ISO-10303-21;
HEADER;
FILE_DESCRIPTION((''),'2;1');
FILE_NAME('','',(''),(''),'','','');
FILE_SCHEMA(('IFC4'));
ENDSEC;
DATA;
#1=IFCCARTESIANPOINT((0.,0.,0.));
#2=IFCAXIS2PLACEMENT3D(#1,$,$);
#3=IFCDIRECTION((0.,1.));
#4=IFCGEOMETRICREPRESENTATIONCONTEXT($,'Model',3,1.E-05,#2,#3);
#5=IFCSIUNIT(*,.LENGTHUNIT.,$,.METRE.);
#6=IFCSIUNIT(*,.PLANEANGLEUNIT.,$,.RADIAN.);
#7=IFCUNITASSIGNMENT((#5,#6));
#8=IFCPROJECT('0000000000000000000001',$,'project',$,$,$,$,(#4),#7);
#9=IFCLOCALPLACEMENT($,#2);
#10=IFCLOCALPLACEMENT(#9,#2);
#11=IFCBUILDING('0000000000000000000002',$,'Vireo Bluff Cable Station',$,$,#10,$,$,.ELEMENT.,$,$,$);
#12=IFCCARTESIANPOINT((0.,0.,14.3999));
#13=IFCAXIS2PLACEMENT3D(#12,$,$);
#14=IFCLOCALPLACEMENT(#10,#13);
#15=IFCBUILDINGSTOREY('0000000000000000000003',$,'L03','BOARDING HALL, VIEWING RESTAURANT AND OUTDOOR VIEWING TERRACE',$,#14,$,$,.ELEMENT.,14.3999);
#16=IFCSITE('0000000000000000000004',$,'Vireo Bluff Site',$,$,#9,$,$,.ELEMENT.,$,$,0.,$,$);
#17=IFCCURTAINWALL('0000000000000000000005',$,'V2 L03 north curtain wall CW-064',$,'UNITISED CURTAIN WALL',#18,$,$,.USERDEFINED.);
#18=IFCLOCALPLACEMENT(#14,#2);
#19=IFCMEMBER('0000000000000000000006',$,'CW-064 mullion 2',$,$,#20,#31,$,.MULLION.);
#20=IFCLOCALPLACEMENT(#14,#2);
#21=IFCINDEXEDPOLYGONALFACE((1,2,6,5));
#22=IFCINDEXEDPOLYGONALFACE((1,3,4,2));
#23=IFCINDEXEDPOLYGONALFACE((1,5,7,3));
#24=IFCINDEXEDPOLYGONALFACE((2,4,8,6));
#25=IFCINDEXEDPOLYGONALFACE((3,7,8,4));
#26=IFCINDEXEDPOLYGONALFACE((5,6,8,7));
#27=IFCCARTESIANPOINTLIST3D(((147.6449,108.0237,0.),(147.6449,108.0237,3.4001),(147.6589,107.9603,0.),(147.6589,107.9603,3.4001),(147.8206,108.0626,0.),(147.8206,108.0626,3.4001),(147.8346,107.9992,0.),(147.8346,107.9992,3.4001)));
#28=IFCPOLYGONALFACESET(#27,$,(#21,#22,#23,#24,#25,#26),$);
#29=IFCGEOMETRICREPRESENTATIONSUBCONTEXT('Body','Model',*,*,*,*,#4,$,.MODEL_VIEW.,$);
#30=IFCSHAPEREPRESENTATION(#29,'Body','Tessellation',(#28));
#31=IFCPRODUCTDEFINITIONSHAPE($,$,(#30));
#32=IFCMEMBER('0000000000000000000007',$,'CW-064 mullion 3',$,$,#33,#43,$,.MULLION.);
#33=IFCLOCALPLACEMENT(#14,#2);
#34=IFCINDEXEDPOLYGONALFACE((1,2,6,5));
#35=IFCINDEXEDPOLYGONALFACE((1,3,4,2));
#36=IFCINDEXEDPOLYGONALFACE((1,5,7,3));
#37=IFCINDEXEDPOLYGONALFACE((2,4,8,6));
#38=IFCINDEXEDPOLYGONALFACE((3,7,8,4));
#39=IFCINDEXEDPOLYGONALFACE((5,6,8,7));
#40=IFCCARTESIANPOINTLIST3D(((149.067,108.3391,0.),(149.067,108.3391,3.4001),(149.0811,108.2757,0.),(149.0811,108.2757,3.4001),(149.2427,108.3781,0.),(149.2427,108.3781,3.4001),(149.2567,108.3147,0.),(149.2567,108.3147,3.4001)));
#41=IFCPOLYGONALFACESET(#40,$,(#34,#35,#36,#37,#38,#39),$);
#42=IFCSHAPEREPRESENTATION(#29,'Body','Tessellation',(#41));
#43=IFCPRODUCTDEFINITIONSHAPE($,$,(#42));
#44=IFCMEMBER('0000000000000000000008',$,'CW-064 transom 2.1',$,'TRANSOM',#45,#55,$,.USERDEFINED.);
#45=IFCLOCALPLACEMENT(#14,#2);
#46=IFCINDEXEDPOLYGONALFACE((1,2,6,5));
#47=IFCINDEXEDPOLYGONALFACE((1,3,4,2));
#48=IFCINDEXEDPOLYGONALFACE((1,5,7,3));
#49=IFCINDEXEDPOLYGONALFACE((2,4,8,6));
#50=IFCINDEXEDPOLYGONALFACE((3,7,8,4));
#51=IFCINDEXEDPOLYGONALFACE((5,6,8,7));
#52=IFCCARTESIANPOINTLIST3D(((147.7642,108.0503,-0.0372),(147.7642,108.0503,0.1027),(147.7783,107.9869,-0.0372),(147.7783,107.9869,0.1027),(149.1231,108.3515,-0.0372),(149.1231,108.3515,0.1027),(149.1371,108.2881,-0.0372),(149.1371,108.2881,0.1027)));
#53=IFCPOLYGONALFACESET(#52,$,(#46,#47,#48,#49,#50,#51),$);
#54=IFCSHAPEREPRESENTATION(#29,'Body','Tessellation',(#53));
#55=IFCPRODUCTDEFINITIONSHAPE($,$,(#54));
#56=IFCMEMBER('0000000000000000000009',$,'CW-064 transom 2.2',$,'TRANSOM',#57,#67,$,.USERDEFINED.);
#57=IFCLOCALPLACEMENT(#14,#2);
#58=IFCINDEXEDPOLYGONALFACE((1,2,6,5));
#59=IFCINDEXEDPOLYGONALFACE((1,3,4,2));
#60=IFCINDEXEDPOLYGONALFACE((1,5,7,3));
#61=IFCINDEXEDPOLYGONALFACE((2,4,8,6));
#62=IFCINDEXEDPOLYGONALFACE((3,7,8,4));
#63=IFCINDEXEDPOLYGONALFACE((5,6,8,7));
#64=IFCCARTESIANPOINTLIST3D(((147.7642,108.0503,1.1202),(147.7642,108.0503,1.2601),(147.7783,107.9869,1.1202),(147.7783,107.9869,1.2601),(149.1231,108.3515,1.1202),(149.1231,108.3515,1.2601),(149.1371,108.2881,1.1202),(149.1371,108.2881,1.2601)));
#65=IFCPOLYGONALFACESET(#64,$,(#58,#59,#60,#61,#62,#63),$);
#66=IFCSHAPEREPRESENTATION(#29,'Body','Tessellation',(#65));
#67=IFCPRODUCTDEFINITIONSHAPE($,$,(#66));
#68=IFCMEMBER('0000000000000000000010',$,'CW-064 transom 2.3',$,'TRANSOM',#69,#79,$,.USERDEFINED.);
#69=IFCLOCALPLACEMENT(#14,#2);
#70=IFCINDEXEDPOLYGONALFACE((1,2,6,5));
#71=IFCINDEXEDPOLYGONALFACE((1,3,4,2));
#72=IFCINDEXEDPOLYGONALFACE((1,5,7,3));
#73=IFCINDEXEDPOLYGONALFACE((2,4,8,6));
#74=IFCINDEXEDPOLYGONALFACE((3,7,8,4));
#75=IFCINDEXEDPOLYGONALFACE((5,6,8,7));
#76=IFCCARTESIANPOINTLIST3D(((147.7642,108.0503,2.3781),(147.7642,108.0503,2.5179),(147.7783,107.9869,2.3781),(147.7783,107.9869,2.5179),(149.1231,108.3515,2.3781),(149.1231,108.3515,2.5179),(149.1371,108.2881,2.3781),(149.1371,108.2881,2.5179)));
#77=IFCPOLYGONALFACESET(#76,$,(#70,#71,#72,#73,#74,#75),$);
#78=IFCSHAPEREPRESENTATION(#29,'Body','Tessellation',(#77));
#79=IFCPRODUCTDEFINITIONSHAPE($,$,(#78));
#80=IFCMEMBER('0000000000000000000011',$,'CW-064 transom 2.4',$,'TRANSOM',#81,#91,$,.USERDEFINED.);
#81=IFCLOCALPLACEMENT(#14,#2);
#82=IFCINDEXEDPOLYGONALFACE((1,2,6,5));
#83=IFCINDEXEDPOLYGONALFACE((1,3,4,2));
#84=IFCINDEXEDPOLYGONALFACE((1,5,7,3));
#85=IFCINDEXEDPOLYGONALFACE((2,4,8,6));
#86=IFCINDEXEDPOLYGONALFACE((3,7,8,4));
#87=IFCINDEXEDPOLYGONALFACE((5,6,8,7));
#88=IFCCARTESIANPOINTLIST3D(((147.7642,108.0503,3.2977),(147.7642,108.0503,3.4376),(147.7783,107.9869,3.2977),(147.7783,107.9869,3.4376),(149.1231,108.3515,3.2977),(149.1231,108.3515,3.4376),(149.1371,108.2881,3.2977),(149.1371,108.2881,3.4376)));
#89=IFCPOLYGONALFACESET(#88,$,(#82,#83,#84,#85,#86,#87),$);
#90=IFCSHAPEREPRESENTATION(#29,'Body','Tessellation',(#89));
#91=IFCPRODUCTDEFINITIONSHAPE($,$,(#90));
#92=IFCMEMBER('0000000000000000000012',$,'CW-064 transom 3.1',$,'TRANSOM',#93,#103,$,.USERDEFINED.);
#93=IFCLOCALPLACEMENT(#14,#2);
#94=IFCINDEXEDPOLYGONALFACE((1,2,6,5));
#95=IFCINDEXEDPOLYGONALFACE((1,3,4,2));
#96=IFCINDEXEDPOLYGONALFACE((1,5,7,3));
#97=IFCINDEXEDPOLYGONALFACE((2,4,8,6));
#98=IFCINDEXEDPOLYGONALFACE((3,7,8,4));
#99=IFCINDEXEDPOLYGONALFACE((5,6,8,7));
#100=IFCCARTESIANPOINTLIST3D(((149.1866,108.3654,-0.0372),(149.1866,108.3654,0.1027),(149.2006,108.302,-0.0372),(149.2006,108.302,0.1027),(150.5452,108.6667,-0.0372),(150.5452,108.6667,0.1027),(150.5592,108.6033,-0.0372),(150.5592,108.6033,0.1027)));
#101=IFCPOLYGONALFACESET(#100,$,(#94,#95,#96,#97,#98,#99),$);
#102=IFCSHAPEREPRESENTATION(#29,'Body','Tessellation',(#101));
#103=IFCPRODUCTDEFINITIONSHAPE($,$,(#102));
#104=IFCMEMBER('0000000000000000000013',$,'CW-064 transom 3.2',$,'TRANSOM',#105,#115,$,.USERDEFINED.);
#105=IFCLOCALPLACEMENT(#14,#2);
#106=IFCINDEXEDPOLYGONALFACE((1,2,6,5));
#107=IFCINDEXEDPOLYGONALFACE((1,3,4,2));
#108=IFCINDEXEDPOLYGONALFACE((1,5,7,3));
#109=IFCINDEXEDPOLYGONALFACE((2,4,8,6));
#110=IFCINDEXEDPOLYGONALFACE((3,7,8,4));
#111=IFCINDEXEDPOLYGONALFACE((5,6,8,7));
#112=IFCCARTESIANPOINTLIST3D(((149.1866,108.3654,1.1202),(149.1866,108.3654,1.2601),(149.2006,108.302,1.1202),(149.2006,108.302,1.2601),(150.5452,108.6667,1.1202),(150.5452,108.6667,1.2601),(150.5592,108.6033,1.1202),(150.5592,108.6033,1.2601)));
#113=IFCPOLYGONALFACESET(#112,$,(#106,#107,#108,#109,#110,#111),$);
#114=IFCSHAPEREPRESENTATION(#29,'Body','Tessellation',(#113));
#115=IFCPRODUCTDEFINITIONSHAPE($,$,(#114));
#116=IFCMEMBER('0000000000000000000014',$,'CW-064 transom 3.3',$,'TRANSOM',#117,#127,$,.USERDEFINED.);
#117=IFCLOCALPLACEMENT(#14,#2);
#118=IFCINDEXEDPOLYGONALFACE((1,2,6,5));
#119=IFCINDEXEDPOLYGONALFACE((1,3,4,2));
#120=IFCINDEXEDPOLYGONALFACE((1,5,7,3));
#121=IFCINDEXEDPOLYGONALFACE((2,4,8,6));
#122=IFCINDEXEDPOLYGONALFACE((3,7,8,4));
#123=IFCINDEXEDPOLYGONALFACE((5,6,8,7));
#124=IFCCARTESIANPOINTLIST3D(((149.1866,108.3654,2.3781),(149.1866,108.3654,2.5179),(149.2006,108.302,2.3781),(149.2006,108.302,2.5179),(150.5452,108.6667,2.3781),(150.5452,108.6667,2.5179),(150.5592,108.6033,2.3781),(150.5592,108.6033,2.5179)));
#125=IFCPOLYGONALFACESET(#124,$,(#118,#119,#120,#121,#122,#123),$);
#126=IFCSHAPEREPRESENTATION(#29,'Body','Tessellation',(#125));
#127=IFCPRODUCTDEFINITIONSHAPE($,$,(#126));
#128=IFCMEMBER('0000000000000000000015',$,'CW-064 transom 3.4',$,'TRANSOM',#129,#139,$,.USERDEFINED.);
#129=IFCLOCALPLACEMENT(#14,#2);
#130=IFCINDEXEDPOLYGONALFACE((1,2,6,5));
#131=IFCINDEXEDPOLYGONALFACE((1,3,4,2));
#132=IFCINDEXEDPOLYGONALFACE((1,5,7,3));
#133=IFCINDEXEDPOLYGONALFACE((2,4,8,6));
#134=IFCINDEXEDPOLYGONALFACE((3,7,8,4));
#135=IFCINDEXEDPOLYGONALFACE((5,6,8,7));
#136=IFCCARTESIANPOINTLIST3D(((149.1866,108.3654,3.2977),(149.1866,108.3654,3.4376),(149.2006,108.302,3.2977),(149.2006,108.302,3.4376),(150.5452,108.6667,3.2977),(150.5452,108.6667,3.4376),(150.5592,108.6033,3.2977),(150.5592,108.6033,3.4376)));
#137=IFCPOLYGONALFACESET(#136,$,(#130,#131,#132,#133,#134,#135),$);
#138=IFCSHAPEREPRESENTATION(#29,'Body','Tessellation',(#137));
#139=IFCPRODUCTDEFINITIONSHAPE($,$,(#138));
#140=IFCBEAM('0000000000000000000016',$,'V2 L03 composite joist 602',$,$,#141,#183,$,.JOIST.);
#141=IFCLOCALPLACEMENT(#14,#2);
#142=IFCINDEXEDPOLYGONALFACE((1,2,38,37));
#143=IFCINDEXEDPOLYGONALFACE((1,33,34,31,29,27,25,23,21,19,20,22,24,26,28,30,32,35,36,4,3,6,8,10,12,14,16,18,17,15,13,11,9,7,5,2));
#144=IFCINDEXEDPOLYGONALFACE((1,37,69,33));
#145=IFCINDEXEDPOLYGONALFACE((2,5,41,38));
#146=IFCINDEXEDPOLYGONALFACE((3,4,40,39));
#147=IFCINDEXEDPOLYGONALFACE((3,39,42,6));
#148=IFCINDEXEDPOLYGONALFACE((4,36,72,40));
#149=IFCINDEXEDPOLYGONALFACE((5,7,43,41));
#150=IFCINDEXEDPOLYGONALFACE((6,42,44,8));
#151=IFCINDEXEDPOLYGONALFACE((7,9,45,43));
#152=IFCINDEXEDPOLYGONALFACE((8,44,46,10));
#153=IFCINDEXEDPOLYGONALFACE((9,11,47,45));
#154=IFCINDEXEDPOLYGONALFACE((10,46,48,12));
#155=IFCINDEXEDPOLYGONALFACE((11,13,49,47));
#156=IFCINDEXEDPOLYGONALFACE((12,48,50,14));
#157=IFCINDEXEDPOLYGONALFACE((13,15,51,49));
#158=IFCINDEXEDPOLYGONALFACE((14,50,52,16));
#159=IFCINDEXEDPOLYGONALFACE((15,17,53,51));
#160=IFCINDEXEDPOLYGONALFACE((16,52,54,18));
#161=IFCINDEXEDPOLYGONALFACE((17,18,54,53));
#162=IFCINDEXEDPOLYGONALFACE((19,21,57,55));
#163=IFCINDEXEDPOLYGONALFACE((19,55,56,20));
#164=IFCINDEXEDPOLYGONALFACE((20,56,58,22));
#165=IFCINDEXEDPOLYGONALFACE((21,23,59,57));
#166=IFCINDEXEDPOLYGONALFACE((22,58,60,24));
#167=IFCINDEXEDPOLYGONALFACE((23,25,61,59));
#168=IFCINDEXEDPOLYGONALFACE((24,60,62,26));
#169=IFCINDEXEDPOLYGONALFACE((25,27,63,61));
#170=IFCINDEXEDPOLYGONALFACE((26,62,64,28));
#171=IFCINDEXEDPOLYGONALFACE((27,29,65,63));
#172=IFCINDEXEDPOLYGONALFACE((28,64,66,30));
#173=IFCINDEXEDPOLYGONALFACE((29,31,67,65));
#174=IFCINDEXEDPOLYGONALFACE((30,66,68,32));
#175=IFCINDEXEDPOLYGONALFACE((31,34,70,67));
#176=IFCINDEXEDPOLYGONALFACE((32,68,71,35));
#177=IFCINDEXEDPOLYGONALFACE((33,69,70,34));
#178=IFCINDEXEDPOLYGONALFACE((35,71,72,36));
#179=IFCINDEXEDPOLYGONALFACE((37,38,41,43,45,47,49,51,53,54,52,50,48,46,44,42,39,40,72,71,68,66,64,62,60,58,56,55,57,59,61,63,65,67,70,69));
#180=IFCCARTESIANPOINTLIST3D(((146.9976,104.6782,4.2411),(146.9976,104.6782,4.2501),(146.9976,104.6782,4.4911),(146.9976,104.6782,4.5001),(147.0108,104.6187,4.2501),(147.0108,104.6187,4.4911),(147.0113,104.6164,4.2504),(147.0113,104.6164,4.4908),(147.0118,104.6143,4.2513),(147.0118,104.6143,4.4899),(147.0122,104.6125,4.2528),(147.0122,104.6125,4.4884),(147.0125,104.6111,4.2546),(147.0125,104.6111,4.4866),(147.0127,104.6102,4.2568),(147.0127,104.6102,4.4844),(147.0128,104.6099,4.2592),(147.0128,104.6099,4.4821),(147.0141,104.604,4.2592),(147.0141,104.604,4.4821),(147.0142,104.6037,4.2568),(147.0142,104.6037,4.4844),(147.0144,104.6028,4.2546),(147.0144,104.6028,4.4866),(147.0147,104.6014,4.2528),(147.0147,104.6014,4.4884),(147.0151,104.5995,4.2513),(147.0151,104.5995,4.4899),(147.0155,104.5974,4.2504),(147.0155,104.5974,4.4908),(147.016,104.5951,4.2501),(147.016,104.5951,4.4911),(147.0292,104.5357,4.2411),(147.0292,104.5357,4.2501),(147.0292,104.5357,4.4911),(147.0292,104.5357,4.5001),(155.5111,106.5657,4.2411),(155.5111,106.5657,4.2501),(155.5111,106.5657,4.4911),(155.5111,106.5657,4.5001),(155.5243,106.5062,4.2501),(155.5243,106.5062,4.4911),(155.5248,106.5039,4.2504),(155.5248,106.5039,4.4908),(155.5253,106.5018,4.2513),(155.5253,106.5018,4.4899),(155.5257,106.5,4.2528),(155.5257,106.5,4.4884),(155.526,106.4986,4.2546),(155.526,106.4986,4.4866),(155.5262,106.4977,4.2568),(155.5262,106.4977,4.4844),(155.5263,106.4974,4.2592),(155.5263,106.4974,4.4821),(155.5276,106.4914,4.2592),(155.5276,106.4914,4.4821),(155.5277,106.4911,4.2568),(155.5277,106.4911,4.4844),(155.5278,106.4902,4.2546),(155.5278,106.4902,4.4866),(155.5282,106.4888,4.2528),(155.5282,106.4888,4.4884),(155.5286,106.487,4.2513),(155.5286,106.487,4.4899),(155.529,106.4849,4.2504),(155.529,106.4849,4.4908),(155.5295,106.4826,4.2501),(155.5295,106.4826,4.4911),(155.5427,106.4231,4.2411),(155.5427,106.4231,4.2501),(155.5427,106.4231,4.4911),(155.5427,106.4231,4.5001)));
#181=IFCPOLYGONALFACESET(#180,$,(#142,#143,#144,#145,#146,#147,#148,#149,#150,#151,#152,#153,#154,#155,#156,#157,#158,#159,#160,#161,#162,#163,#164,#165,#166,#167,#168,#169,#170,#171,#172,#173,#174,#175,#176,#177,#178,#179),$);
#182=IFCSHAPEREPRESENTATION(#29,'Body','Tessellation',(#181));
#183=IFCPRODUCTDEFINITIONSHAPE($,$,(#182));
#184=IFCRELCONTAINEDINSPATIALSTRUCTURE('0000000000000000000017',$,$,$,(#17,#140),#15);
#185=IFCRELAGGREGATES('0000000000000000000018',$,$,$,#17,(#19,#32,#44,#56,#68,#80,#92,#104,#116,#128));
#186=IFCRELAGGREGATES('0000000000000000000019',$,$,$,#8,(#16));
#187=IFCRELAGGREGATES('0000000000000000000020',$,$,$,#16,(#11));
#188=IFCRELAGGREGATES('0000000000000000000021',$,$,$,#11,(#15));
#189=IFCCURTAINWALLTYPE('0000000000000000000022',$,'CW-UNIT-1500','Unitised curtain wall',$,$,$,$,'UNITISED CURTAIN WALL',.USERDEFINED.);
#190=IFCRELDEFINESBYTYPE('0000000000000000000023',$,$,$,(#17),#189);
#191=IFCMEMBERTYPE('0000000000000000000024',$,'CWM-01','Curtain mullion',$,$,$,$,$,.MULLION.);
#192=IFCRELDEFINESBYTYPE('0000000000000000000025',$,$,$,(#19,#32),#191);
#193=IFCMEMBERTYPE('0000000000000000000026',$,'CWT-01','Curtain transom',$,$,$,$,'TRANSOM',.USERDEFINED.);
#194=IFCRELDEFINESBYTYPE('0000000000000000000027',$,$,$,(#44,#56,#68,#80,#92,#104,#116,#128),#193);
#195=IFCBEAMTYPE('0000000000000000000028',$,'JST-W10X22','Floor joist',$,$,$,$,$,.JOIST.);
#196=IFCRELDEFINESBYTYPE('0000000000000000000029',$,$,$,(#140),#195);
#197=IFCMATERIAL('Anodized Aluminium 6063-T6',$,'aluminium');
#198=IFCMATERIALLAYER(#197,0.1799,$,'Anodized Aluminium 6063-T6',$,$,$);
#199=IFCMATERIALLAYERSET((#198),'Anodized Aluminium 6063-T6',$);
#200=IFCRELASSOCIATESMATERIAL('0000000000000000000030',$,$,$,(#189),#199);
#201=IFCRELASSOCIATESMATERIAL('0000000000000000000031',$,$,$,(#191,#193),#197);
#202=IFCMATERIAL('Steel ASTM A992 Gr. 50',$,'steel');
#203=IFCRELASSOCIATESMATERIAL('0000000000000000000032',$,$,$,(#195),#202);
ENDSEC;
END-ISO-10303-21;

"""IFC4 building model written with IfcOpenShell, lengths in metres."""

from ifc_helpers import new_model, si_unit, direction, frame, origin, origin_2d, place, context, subcontext, project, spatial, rectangle, i_section, extrude, material, layer, layer_set, material_profile, profile_set, type_object, element, aggregate, save


model = new_model("IFC4")

# Units and contexts
model_context = context("Model", 3, precision=1e-05, world=origin(), true_north=direction((0.0, 1.0)))
body_context = subcontext(model_context, "Body", "Model", "MODEL_VIEW")
ifc_project = project(units=[si_unit("LENGTHUNIT", "METRE"), si_unit("PLANEANGLEUNIT", "RADIAN")], contexts=[model_context])

# Site, building, storey
site_placement = place(None, origin())
site = spatial("IfcSite", under=ifc_project, at=site_placement, Name="Vireo Bluff Site", CompositionType="ELEMENT", RefElevation=0.0)
building_placement = place(site_placement, origin())
building = spatial("IfcBuilding", under=site, at=building_placement, Name="Vireo Bluff Cable Station", CompositionType="ELEMENT")
storey_placement = place(building_placement, frame((0.0, 0.0, 14.3999)))
storey = spatial("IfcBuildingStorey", under=building, at=storey_placement, Name="L03", Description="BOARDING HALL, VIEWING RESTAURANT AND OUTDOOR VIEWING TERRACE", CompositionType="ELEMENT", Elevation=14.3999)

# Curtain wall, members
ifc_material_1 = material(Name="Anodized Aluminium 6063-T6", Category="aluminium")
ifc_layer_1 = layer(ifc_material_1, 0.1799, Name="Anodized Aluminium 6063-T6")
ifc_layer_set_1 = layer_set([ifc_layer_1], Name="Anodized Aluminium 6063-T6")
curtain_wall_type = type_object("IfcCurtainWallType", Name="CW-UNIT-1500", Description="Unitised curtain wall", ElementType="UNITISED CURTAIN WALL", PredefinedType="USERDEFINED", material=ifc_layer_set_1)
curtain_wall_placement = place(storey_placement, origin())
curtain_wall = element("IfcCurtainWall", 1, at=curtain_wall_placement, inside=storey, type_object=curtain_wall_type, Name="V2 L03 north curtain wall CW-064", ObjectType="UNITISED CURTAIN WALL", PredefinedType="USERDEFINED")
ifc_material_profile_1 = material_profile(ifc_material_1, rectangle(XDim=0.0649, YDim=0.1799, at=origin_2d()), Name="ALU-M-65X180")
ifc_profile_set_1 = profile_set([ifc_material_profile_1], Name="Anodized Aluminium 6063-T6")
member_type_1 = type_object("IfcMemberType", Name="CWM-01", Description="Curtain mullion", PredefinedType="MULLION", material=ifc_profile_set_1)
member_1_placement = place(storey_placement, frame((147.7397, 108.0115, 0.0), z_axis=(0.0, 0.0, 1.0), x_axis=(-0.21644, 0.976296, 0.0)))
member_1 = element("IfcMember", 2, at=member_1_placement, type_object=member_type_1, Name="CW-064 mullion 2", PredefinedType="MULLION", context=body_context, shape_type="SweptSolid", body=[
    extrude(rectangle(XDim=0.0649, YDim=0.1799, at=origin_2d()), origin(), (0.0, 0.0, 1.0), 3.4001),
])
member_2_placement = place(storey_placement, frame((149.1619, 108.3269, 0.0), z_axis=(0.0, 0.0, 1.0), x_axis=(-0.21644, 0.976296, 0.0)))
member_2 = element("IfcMember", 3, at=member_2_placement, type_object=member_type_1, Name="CW-064 mullion 3", PredefinedType="MULLION", context=body_context, shape_type="SweptSolid", body=[
    extrude(rectangle(XDim=0.0649, YDim=0.1799, at=origin_2d()), origin(), (0.0, 0.0, 1.0), 3.4001),
])
ifc_material_profile_2 = material_profile(ifc_material_1, rectangle(XDim=0.0649, YDim=0.1399, at=origin_2d()), Name="ALU-T-65X140")
ifc_profile_set_2 = profile_set([ifc_material_profile_2], Name="Anodized Aluminium 6063-T6")
member_type_2 = type_object("IfcMemberType", Name="CWT-01", Description="Curtain transom", ElementType="TRANSOM", PredefinedType="USERDEFINED", material=ifc_profile_set_2)
member_3_placement = place(storey_placement, frame((147.7712, 108.0186, 0.0327), z_axis=(0.976294, 0.216448, 0.0), x_axis=(-0.216448, 0.976294, 0.0)))
member_3 = element("IfcMember", 4, at=member_3_placement, type_object=member_type_2, Name="CW-064 transom 2.1", ObjectType="TRANSOM", PredefinedType="USERDEFINED", context=body_context, shape_type="SweptSolid", body=[
    extrude(rectangle(XDim=0.0649, YDim=0.1399, at=origin_2d()), origin(), (0.0, 0.0, 1.0), 1.3918),
])
member_4_placement = place(storey_placement, frame((147.7712, 108.0186, 1.1902), z_axis=(0.976294, 0.216448, 0.0), x_axis=(-0.216448, 0.976294, 0.0)))
member_4 = element("IfcMember", 5, at=member_4_placement, type_object=member_type_2, Name="CW-064 transom 2.2", ObjectType="TRANSOM", PredefinedType="USERDEFINED", context=body_context, shape_type="SweptSolid", body=[
    extrude(rectangle(XDim=0.0649, YDim=0.1399, at=origin_2d()), origin(), (0.0, 0.0, 1.0), 1.3918),
])
member_5_placement = place(storey_placement, frame((147.7712, 108.0186, 2.448), z_axis=(0.976294, 0.216448, 0.0), x_axis=(-0.216448, 0.976294, 0.0)))
member_5 = element("IfcMember", 6, at=member_5_placement, type_object=member_type_2, Name="CW-064 transom 2.3", ObjectType="TRANSOM", PredefinedType="USERDEFINED", context=body_context, shape_type="SweptSolid", body=[
    extrude(rectangle(XDim=0.0649, YDim=0.1399, at=origin_2d()), origin(), (0.0, 0.0, 1.0), 1.3918),
])
member_6_placement = place(storey_placement, frame((147.7712, 108.0186, 3.3677), z_axis=(0.976294, 0.216448, 0.0), x_axis=(-0.216448, 0.976294, 0.0)))
member_6 = element("IfcMember", 7, at=member_6_placement, type_object=member_type_2, Name="CW-064 transom 2.4", ObjectType="TRANSOM", PredefinedType="USERDEFINED", context=body_context, shape_type="SweptSolid", body=[
    extrude(rectangle(XDim=0.0649, YDim=0.1399, at=origin_2d()), origin(), (0.0, 0.0, 1.0), 1.3918),
])
member_7_placement = place(storey_placement, frame((149.1936, 108.3337, 0.0327), z_axis=(0.976286, 0.216485, 0.0), x_axis=(-0.216485, 0.976286, 0.0)))
member_7 = element("IfcMember", 8, at=member_7_placement, type_object=member_type_2, Name="CW-064 transom 3.1", ObjectType="TRANSOM", PredefinedType="USERDEFINED", context=body_context, shape_type="SweptSolid", body=[
    extrude(rectangle(XDim=0.0649, YDim=0.1399, at=origin_2d()), origin(), (0.0, 0.0, 1.0), 1.3916),
])
member_8_placement = place(storey_placement, frame((149.1936, 108.3337, 1.1902), z_axis=(0.976286, 0.216485, 0.0), x_axis=(-0.216485, 0.976286, 0.0)))
member_8 = element("IfcMember", 9, at=member_8_placement, type_object=member_type_2, Name="CW-064 transom 3.2", ObjectType="TRANSOM", PredefinedType="USERDEFINED", context=body_context, shape_type="SweptSolid", body=[
    extrude(rectangle(XDim=0.0649, YDim=0.1399, at=origin_2d()), origin(), (0.0, 0.0, 1.0), 1.3916),
])
member_9_placement = place(storey_placement, frame((149.1936, 108.3337, 2.448), z_axis=(0.976286, 0.216485, 0.0), x_axis=(-0.216485, 0.976286, 0.0)))
member_9 = element("IfcMember", 10, at=member_9_placement, type_object=member_type_2, Name="CW-064 transom 3.3", ObjectType="TRANSOM", PredefinedType="USERDEFINED", context=body_context, shape_type="SweptSolid", body=[
    extrude(rectangle(XDim=0.0649, YDim=0.1399, at=origin_2d()), origin(), (0.0, 0.0, 1.0), 1.3916),
])
member_10_placement = place(storey_placement, frame((149.1936, 108.3337, 3.3677), z_axis=(0.976286, 0.216485, 0.0), x_axis=(-0.216485, 0.976286, 0.0)))
member_10 = element("IfcMember", 11, at=member_10_placement, type_object=member_type_2, Name="CW-064 transom 3.4", ObjectType="TRANSOM", PredefinedType="USERDEFINED", context=body_context, shape_type="SweptSolid", body=[
    extrude(rectangle(XDim=0.0649, YDim=0.1399, at=origin_2d()), origin(), (0.0, 0.0, 1.0), 1.3916),
])

# Beam
ifc_material_2 = material(Name="Steel ASTM A992 Gr. 50", Category="steel")
ifc_material_profile_3 = material_profile(ifc_material_2, i_section(OverallWidth=0.146, OverallDepth=0.259, WebThickness=0.0061, FlangeThickness=0.009, FilletRadius=0.009, at=origin_2d()), Name="W10X22")
ifc_profile_set_3 = profile_set([ifc_material_profile_3], Name="Steel ASTM A992 Gr. 50")
beam_type_1 = type_object("IfcBeamType", Name="JST-W10X22", Description="Floor joist", PredefinedType="JOIST", material=ifc_profile_set_3)
beam_1_placement = place(storey_placement, frame((147.0134, 104.6069, 4.3706), z_axis=(0.976294, 0.216447, 0.0), x_axis=(-0.216447, 0.976294, 0.0)))
element("IfcBeam", 12, at=beam_1_placement, inside=storey, type_object=beam_type_1, Name="V2 L03 composite joist 602", PredefinedType="JOIST", context=body_context, shape_type="SweptSolid", body=[
    extrude(i_section(OverallWidth=0.146, OverallDepth=0.259, WebThickness=0.0061, FlangeThickness=0.009, FilletRadius=0.009, at=origin_2d()), origin(), (0.0, 0.0, 1.0), 8.7202),
])

aggregate(curtain_wall, [member_1, member_2, member_3, member_4, member_5, member_6, member_7, member_8, member_9, member_10])

save(model, "model.ifc")
